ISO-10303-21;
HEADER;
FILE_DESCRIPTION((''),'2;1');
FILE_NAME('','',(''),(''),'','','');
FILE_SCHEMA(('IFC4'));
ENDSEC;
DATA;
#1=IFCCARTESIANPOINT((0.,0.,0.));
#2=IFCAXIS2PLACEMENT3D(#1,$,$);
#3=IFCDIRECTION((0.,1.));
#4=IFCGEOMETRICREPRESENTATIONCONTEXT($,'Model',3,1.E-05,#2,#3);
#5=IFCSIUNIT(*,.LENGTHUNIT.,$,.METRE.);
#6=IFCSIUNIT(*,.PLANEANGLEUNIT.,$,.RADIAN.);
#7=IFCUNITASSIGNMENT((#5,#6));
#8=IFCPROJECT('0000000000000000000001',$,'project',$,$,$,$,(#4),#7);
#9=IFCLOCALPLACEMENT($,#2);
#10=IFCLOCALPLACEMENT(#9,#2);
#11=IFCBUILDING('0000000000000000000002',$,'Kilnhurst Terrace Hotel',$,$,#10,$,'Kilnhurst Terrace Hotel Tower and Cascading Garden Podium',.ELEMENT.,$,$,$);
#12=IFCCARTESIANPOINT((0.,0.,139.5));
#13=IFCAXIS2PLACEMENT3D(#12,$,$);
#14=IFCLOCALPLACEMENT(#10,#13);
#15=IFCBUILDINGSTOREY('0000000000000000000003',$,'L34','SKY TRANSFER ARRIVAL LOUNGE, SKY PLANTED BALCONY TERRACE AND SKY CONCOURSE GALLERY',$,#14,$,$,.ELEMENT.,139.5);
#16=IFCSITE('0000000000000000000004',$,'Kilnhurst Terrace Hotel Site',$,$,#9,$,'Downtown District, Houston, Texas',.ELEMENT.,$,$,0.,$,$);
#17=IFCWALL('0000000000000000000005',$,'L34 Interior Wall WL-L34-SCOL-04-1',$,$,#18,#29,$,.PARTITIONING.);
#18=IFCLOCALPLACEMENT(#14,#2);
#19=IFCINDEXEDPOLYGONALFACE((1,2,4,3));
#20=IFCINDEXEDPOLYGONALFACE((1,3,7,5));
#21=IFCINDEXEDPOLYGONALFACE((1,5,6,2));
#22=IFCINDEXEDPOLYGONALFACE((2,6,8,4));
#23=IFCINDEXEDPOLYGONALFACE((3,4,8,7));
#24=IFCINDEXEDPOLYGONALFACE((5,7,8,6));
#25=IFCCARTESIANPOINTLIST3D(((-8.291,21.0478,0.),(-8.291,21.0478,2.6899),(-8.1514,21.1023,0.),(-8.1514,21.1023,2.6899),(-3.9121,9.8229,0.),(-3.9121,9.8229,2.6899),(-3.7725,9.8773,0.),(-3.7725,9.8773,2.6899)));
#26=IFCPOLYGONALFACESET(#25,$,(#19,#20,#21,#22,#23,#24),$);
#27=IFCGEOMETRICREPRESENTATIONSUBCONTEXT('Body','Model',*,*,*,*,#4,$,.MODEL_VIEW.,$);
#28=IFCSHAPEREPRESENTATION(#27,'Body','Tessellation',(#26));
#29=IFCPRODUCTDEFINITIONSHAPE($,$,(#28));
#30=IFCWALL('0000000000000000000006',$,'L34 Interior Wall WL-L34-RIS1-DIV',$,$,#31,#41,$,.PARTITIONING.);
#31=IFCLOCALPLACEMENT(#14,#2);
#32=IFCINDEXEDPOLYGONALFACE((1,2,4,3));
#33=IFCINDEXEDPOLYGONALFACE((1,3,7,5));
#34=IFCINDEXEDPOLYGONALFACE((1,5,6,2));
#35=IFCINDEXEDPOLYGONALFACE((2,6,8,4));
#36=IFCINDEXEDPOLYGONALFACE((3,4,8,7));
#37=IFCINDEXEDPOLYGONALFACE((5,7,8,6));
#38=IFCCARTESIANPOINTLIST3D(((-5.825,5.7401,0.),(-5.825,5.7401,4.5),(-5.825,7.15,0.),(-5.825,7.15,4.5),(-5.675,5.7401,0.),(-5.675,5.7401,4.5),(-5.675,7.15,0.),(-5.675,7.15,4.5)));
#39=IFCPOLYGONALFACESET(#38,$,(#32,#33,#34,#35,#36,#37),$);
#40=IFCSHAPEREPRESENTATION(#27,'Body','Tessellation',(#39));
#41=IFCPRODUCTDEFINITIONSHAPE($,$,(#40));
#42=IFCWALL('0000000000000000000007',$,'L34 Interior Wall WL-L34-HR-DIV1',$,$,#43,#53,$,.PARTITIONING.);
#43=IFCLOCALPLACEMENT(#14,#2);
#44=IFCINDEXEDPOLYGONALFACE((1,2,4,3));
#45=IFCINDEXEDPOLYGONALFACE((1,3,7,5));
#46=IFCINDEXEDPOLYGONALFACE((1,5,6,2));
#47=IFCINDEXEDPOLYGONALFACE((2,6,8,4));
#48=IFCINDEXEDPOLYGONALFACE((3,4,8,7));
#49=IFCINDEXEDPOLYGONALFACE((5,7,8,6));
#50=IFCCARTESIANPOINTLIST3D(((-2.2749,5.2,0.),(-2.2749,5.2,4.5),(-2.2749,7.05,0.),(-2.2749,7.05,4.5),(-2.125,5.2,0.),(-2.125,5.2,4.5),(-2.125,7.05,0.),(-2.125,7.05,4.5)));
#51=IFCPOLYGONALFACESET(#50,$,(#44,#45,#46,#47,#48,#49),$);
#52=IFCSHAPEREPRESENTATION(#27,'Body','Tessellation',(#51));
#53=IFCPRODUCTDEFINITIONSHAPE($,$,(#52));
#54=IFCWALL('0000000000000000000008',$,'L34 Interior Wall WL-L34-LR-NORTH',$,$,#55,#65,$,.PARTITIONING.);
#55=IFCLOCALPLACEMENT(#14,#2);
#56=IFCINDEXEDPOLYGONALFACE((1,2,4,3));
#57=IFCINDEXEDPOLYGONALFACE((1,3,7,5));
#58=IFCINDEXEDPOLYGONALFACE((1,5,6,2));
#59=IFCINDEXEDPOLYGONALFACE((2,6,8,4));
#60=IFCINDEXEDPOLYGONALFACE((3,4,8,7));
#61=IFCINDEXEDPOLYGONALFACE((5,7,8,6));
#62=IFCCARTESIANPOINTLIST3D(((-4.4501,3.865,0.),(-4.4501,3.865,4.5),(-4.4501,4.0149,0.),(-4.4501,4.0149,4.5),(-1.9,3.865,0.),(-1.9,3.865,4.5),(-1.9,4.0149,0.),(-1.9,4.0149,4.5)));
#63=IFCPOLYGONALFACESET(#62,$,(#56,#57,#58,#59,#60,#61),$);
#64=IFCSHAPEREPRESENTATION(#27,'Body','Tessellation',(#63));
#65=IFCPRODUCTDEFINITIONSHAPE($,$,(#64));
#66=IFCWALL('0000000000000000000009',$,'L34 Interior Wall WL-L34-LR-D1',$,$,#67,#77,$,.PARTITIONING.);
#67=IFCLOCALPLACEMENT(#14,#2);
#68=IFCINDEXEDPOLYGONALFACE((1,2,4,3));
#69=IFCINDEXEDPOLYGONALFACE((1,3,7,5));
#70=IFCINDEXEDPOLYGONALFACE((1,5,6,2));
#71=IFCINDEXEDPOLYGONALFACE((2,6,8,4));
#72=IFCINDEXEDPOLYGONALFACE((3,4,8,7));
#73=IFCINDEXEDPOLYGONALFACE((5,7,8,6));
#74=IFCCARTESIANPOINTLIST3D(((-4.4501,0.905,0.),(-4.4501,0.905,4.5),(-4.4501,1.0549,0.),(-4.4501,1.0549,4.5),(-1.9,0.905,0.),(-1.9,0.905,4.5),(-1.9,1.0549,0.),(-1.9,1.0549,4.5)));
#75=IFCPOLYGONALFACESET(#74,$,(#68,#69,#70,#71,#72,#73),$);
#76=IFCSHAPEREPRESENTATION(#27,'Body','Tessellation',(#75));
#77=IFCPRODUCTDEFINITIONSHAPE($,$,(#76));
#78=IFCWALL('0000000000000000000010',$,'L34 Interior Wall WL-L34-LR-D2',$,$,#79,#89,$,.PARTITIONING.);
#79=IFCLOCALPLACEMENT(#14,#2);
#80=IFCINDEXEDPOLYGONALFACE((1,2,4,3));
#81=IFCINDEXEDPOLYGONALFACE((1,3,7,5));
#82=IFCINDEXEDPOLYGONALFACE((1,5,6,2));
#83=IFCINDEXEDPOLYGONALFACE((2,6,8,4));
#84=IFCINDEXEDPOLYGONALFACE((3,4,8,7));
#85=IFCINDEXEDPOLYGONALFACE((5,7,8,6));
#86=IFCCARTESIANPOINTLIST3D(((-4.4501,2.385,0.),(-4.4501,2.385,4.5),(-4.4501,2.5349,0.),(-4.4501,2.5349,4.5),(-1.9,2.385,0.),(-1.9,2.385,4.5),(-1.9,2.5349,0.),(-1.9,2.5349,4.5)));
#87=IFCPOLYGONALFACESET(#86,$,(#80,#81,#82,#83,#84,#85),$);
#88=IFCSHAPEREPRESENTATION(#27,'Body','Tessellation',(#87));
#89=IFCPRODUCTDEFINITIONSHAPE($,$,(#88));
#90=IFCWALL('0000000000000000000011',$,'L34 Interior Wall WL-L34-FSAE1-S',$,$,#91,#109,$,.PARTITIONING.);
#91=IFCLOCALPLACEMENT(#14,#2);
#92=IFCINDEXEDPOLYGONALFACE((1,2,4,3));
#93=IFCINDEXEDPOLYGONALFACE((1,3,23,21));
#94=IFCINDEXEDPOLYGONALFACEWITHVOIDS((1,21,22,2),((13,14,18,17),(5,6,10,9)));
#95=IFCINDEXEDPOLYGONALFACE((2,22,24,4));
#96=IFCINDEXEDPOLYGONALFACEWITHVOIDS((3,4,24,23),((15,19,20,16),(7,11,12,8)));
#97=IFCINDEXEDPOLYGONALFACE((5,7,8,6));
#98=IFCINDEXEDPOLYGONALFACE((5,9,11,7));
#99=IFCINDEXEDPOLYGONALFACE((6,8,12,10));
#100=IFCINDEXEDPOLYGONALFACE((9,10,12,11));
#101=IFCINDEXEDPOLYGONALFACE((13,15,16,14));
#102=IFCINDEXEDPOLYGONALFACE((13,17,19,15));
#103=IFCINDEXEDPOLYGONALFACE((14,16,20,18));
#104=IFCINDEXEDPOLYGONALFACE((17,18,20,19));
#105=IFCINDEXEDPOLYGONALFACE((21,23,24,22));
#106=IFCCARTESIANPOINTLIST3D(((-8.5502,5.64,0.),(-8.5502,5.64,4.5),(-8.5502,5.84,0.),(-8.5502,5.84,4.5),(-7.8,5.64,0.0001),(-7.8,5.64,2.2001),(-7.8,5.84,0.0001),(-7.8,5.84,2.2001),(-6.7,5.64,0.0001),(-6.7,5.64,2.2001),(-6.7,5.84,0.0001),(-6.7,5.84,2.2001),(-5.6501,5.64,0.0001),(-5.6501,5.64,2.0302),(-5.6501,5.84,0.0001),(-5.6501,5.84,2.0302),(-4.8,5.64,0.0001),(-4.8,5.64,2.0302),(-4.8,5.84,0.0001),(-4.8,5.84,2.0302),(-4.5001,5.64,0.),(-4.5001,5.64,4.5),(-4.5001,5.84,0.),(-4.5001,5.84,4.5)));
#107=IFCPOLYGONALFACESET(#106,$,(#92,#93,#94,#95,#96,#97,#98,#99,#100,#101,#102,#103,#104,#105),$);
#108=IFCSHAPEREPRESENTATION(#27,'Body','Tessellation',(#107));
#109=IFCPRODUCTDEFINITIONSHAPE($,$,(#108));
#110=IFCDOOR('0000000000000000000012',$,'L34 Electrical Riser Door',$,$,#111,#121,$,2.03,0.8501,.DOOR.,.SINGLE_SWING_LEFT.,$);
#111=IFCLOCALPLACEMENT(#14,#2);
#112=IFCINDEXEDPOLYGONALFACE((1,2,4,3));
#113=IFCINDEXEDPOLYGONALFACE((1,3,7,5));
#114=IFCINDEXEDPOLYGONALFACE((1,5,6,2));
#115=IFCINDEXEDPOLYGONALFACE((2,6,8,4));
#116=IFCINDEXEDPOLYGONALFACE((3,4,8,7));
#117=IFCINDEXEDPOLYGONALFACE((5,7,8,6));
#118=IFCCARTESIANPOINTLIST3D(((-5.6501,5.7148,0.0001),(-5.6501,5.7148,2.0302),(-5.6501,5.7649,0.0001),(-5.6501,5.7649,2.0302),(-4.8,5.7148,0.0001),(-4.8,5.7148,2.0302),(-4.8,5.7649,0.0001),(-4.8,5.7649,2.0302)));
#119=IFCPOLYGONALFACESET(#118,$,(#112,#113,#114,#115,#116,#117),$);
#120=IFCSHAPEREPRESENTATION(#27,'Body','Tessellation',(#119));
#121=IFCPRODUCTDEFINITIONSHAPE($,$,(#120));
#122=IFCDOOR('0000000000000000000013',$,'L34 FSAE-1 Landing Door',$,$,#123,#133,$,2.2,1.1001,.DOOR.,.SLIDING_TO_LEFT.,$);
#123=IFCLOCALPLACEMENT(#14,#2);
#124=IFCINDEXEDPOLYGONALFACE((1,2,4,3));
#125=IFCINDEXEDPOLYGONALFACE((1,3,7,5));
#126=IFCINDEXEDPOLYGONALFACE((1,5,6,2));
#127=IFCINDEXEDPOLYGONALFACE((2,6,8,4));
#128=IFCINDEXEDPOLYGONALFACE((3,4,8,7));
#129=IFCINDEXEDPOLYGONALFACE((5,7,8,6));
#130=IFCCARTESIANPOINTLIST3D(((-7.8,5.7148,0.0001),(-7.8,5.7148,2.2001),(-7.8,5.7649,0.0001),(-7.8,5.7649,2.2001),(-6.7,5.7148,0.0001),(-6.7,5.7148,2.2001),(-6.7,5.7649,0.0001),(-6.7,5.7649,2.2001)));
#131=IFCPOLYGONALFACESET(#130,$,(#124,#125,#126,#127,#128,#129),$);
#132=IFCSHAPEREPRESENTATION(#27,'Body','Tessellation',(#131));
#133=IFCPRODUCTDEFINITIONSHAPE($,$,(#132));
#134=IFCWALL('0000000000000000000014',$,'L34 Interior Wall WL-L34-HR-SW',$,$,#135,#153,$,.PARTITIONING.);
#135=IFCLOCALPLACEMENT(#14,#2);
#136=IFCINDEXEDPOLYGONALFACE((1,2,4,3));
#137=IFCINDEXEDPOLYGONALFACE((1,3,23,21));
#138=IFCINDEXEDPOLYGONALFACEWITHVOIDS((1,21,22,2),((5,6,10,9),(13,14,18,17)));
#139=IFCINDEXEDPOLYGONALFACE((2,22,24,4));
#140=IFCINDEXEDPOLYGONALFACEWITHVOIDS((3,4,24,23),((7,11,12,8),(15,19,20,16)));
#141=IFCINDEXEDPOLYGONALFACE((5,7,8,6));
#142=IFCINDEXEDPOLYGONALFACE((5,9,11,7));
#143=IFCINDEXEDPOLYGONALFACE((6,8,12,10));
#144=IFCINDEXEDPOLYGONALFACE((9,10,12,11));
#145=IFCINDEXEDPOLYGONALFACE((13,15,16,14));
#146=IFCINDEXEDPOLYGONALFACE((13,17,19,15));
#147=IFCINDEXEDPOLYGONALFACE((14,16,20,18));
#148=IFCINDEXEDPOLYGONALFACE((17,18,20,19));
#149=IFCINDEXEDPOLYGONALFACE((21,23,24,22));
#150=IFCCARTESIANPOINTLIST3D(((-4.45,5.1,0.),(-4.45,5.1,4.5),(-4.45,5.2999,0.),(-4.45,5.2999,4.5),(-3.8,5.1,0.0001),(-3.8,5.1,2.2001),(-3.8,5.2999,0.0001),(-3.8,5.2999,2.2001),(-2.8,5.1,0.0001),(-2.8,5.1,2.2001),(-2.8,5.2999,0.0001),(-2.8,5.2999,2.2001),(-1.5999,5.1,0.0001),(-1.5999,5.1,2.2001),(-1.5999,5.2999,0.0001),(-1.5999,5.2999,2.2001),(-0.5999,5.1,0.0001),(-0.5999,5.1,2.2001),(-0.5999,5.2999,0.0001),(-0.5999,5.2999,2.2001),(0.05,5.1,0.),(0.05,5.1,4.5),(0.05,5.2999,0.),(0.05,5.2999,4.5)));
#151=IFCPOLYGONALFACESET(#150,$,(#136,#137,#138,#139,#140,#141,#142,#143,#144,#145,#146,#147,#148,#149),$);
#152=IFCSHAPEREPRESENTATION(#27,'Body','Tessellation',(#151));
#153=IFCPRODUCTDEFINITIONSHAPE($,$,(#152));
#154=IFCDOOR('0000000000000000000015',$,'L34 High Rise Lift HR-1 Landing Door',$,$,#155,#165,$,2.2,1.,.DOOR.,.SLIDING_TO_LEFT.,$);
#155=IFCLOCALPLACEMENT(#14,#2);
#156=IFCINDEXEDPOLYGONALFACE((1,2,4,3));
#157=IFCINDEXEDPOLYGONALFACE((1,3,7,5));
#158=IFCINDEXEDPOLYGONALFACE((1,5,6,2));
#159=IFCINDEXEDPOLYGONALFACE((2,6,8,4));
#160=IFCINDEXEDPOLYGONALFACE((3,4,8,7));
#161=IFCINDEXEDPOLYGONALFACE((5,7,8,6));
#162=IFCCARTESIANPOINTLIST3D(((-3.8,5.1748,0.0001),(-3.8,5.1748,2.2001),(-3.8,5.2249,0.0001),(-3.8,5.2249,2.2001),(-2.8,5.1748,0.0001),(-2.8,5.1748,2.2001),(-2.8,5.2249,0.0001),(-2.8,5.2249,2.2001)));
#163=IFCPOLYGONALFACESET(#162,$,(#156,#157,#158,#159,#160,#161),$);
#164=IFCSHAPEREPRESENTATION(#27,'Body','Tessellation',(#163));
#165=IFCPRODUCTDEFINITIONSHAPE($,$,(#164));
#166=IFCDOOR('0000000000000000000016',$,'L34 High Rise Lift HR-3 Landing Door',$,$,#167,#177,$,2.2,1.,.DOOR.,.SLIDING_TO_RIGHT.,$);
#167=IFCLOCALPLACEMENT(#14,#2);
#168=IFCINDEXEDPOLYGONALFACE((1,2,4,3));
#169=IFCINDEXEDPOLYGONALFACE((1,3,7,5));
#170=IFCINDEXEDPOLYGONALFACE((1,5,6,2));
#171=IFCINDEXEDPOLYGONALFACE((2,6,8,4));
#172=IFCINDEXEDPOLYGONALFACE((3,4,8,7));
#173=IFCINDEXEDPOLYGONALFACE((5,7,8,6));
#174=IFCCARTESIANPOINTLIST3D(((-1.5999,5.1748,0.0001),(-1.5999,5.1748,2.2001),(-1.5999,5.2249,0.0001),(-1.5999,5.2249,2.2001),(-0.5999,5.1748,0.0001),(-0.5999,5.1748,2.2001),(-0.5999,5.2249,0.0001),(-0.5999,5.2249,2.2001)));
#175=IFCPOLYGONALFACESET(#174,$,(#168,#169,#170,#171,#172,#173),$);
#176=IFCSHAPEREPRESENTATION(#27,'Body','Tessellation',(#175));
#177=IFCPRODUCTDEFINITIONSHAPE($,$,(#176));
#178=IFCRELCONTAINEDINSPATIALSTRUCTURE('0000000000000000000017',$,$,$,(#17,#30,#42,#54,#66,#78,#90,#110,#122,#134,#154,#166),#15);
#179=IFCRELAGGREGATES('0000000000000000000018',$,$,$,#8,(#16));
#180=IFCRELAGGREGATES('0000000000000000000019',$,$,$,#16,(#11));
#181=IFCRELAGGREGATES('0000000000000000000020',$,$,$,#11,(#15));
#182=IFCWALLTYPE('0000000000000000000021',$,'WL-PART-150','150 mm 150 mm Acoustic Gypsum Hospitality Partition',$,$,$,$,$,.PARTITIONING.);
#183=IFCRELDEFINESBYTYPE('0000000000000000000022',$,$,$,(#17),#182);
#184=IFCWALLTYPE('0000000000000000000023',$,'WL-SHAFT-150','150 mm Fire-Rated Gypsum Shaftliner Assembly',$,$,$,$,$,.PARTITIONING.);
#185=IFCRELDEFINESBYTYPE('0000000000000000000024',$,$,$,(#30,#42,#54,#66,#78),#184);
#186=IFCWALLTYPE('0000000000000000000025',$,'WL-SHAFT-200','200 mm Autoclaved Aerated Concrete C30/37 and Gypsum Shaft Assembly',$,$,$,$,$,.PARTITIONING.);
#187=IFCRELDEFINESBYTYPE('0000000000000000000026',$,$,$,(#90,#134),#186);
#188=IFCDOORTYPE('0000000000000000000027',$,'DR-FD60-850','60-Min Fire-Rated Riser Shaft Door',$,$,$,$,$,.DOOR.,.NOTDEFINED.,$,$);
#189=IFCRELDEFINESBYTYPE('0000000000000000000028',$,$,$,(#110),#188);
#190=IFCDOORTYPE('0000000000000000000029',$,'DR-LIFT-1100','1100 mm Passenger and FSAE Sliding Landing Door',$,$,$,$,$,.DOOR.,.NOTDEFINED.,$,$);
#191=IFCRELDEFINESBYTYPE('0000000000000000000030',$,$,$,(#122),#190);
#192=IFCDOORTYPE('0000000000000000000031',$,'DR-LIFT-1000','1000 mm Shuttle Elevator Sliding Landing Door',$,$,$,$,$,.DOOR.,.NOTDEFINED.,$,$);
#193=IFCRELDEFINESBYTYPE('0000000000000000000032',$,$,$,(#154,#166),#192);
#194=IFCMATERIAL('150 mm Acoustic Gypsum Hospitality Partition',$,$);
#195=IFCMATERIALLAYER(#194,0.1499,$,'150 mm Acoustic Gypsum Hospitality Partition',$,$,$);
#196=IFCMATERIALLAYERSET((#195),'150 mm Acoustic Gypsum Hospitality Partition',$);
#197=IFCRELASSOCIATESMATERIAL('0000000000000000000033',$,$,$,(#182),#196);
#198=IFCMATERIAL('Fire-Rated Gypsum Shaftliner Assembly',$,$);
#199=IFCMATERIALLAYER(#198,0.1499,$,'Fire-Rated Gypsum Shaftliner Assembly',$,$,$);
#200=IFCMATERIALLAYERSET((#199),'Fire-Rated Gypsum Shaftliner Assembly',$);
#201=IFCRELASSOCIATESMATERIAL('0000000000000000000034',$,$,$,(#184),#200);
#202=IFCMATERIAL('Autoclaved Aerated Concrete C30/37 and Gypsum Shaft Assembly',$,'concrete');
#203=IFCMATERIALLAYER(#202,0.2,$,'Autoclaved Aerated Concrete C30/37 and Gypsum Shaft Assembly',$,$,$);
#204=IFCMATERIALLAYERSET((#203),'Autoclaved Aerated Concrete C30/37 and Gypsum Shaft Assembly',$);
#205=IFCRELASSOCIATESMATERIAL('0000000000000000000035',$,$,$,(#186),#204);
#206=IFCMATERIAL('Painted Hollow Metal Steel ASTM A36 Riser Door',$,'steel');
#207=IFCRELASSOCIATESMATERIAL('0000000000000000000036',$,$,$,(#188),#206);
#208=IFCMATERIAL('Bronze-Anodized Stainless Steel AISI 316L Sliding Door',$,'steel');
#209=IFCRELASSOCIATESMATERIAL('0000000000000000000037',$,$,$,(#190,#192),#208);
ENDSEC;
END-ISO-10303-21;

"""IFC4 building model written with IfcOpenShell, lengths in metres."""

from ifc_helpers import new_model, si_unit, direction, frame, frame_2d, origin, place, context, subcontext, project, spatial, rectangle, extrude, material, layer, layer_set, type_object, element, fill, save


model = new_model("IFC4")

# Units and contexts
model_context = context("Model", 3, precision=1e-05, world=origin(), true_north=direction((0.0, 1.0)))
body_context = subcontext(model_context, "Body", "Model", "MODEL_VIEW")
ifc_project = project(units=[si_unit("LENGTHUNIT", "METRE"), si_unit("PLANEANGLEUNIT", "RADIAN")], contexts=[model_context])

# Site, building, storey
site_placement = place(None, origin())
site = spatial("IfcSite", under=ifc_project, at=site_placement, Name="Kilnhurst Terrace Hotel Site", LongName="Downtown District, Houston, Texas", CompositionType="ELEMENT", RefElevation=0.0)
building_placement = place(site_placement, origin())
building = spatial("IfcBuilding", under=site, at=building_placement, Name="Kilnhurst Terrace Hotel", LongName="Kilnhurst Terrace Hotel Tower and Cascading Garden Podium", CompositionType="ELEMENT")
storey_placement = place(building_placement, frame((0.0, 0.0, 139.5)))
storey = spatial("IfcBuildingStorey", under=building, at=storey_placement, Name="L34", Description="SKY TRANSFER ARRIVAL LOUNGE, SKY PLANTED BALCONY TERRACE AND SKY CONCOURSE GALLERY", CompositionType="ELEMENT", Elevation=139.5)

# Walls
ifc_material_1 = material(Name="150 mm Acoustic Gypsum Hospitality Partition")
ifc_layer_1 = layer(ifc_material_1, 0.1499, Name="150 mm Acoustic Gypsum Hospitality Partition")
ifc_layer_set_1 = layer_set([ifc_layer_1], Name="150 mm Acoustic Gypsum Hospitality Partition")
wall_type_1 = type_object("IfcWallType", Name="WL-PART-150", Description="150 mm 150 mm Acoustic Gypsum Hospitality Partition", PredefinedType="PARTITIONING", material=ifc_layer_set_1)
wall_1_placement = place(storey_placement, frame((-3.8423, 9.8501, 0.0), z_axis=(0.0, 0.0, 1.0), x_axis=(-0.363433, 0.93162, 0.0)))
element("IfcWall", 1, at=wall_1_placement, inside=storey, type_object=wall_type_1, Name="L34 Interior Wall WL-L34-SCOL-04-1", PredefinedType="PARTITIONING", context=body_context, shape_type="SweptSolid", body=[
    extrude(rectangle(XDim=12.0488, YDim=0.1499, at=frame_2d((6.0244, 0.0))), origin(), (0.0, 0.0, 1.0), 2.6899),
])
ifc_material_2 = material(Name="Fire-Rated Gypsum Shaftliner Assembly")
ifc_layer_2 = layer(ifc_material_2, 0.1499, Name="Fire-Rated Gypsum Shaftliner Assembly")
ifc_layer_set_2 = layer_set([ifc_layer_2], Name="Fire-Rated Gypsum Shaftliner Assembly")
wall_type_2 = type_object("IfcWallType", Name="WL-SHAFT-150", Description="150 mm Fire-Rated Gypsum Shaftliner Assembly", PredefinedType="PARTITIONING", material=ifc_layer_set_2)
wall_2_placement = place(storey_placement, frame((-5.75, 5.74, 0.0), z_axis=(0.0, 0.0, 1.0), x_axis=(0.0, 1.0, 0.0)))
element("IfcWall", 2, at=wall_2_placement, inside=storey, type_object=wall_type_2, Name="L34 Interior Wall WL-L34-RIS1-DIV", PredefinedType="PARTITIONING", context=body_context, shape_type="SweptSolid", body=[
    extrude(rectangle(XDim=1.4099, YDim=0.1499, at=frame_2d((0.7051, 0.0))), origin(), (0.0, 0.0, 1.0), 4.5),
])
wall_3_placement = place(storey_placement, frame((-2.2, 5.2, 0.0), z_axis=(0.0, 0.0, 1.0), x_axis=(0.0, 1.0, 0.0)))
element("IfcWall", 3, at=wall_3_placement, inside=storey, type_object=wall_type_2, Name="L34 Interior Wall WL-L34-HR-DIV1", PredefinedType="PARTITIONING", context=body_context, shape_type="SweptSolid", body=[
    extrude(rectangle(XDim=1.8501, YDim=0.1499, at=frame_2d((0.925, 0.0))), origin(), (0.0, 0.0, 1.0), 4.5),
])
for number, where, z_axis, x_axis, name in (
    (4, (-4.45, 3.9399, 0.0), (0.0, 0.0, 1.0), (1.0, 0.0, 0.0), "L34 Interior Wall WL-L34-LR-NORTH"),
    (5, (-4.45, 0.98, 0.0), (0.0, 0.0, 1.0), (1.0, 0.0, 0.0), "L34 Interior Wall WL-L34-LR-D1"),
    (6, (-4.45, 2.46, 0.0), (0.0, 0.0, 1.0), (1.0, 0.0, 0.0), "L34 Interior Wall WL-L34-LR-D2"),
):
    element("IfcWall", number, at=place(storey_placement, frame(where, z_axis=z_axis, x_axis=x_axis)), inside=storey, type_object=wall_type_2, Name=name, PredefinedType="PARTITIONING", context=body_context, shape_type="SweptSolid", body=[
        extrude(rectangle(XDim=2.55, YDim=0.1499, at=frame_2d((1.2749, 0.0))), origin(), (0.0, 0.0, 1.0), 4.5),
    ])

# Walls, openings, doors
ifc_material_3 = material(Name="Autoclaved Aerated Concrete C30/37 and Gypsum Shaft Assembly", Category="concrete")
ifc_layer_3 = layer(ifc_material_3, 0.2, Name="Autoclaved Aerated Concrete C30/37 and Gypsum Shaft Assembly")
ifc_layer_set_3 = layer_set([ifc_layer_3], Name="Autoclaved Aerated Concrete C30/37 and Gypsum Shaft Assembly")
wall_type_3 = type_object("IfcWallType", Name="WL-SHAFT-200", Description="200 mm Autoclaved Aerated Concrete C30/37 and Gypsum Shaft Assembly", PredefinedType="PARTITIONING", material=ifc_layer_set_3)
wall_4_placement = place(storey_placement, frame((-8.55, 5.74, 0.0), z_axis=(0.0, 0.0, 1.0), x_axis=(1.0, 0.0, 0.0)))
wall_4 = element("IfcWall", 7, at=wall_4_placement, inside=storey, type_object=wall_type_3, Name="L34 Interior Wall WL-L34-FSAE1-S", PredefinedType="PARTITIONING", context=body_context, shape_type="SweptSolid", body=[
    extrude(rectangle(XDim=4.05, YDim=0.2, at=frame_2d((2.0249, 0.0))), origin(), (0.0, 0.0, 1.0), 4.5),
])
opening_1_placement = place(wall_4_placement, frame((0.75, 0.0, 0.0)))
opening_1 = element("IfcOpeningElement", 8, at=opening_1_placement, cuts=wall_4, PredefinedType="OPENING", context=body_context, shape_type="SweptSolid", body=[
    extrude(rectangle(XDim=1.1001, YDim=2.2, at=frame_2d((0.55, 1.1001))), frame((0.0, 0.1099, 0.0), z_axis=(0.0, -1.0, 0.0), x_axis=(1.0, 0.0, 0.0)), (0.0, 0.0, 1.0), 0.22),
])
opening_2_placement = place(wall_4_placement, frame((2.8999, 0.0, 0.0)))
opening_2 = element("IfcOpeningElement", 9, at=opening_2_placement, cuts=wall_4, PredefinedType="OPENING", context=body_context, shape_type="SweptSolid", body=[
    extrude(rectangle(XDim=0.8501, YDim=2.03, at=frame_2d((0.425, 1.0151))), frame((0.0, 0.1099, 0.0), z_axis=(0.0, -1.0, 0.0), x_axis=(1.0, 0.0, 0.0)), (0.0, 0.0, 1.0), 0.22),
])
ifc_material_4 = material(Name="Painted Hollow Metal Steel ASTM A36 Riser Door", Category="steel")
door_type_1 = type_object("IfcDoorType", Name="DR-FD60-850", Description="60-Min Fire-Rated Riser Shaft Door", OperationType="NOTDEFINED", PredefinedType="DOOR", material=ifc_material_4)
door_1_placement = place(opening_2_placement, origin())
door_1 = element("IfcDoor", 10, at=door_1_placement, inside=storey, type_object=door_type_1, Name="L34 Electrical Riser Door", OperationType="SINGLE_SWING_LEFT", OverallHeight=2.03, OverallWidth=0.8501, PredefinedType="DOOR", context=body_context, shape_type="SweptSolid", body=[
    extrude(rectangle(XDim=0.8501, YDim=2.03, at=frame_2d((0.425, 1.0151))), frame((0.0, 0.0249, 0.0), z_axis=(0.0, -1.0, 0.0), x_axis=(1.0, 0.0, 0.0)), (0.0, 0.0, 1.0), 0.05),
])
fill(opening_2, door_1)
ifc_material_5 = material(Name="Bronze-Anodized Stainless Steel AISI 316L Sliding Door", Category="steel")
door_type_2 = type_object("IfcDoorType", Name="DR-LIFT-1100", Description="1100 mm Passenger and FSAE Sliding Landing Door", OperationType="NOTDEFINED", PredefinedType="DOOR", material=ifc_material_5)
door_2_placement = place(opening_1_placement, origin())
door_2 = element("IfcDoor", 11, at=door_2_placement, inside=storey, type_object=door_type_2, Name="L34 FSAE-1 Landing Door", OperationType="SLIDING_TO_LEFT", OverallHeight=2.2, OverallWidth=1.1001, PredefinedType="DOOR", context=body_context, shape_type="SweptSolid", body=[
    extrude(rectangle(XDim=1.1001, YDim=2.2, at=frame_2d((0.55, 1.1001))), frame((0.0, 0.0249, 0.0), z_axis=(0.0, -1.0, 0.0), x_axis=(1.0, 0.0, 0.0)), (0.0, 0.0, 1.0), 0.05),
])
fill(opening_1, door_2)
wall_5_placement = place(storey_placement, frame((-4.45, 5.2, 0.0), z_axis=(0.0, 0.0, 1.0), x_axis=(1.0, 0.0, 0.0)))
wall_5 = element("IfcWall", 12, at=wall_5_placement, inside=storey, type_object=wall_type_3, Name="L34 Interior Wall WL-L34-HR-SW", PredefinedType="PARTITIONING", context=body_context, shape_type="SweptSolid", body=[
    extrude(rectangle(XDim=4.5, YDim=0.2, at=frame_2d((2.25, 0.0))), origin(), (0.0, 0.0, 1.0), 4.5),
])
opening_3_placement = place(wall_5_placement, frame((0.6499, 0.0, 0.0)))
opening_3 = element("IfcOpeningElement", 13, at=opening_3_placement, cuts=wall_5, PredefinedType="OPENING", context=body_context, shape_type="SweptSolid", body=[
    extrude(rectangle(XDim=1.0, YDim=2.2, at=frame_2d((0.5, 1.1001))), frame((0.0, 0.1099, 0.0), z_axis=(0.0, -1.0, 0.0), x_axis=(1.0, 0.0, 0.0)), (0.0, 0.0, 1.0), 0.22),
])
opening_4_placement = place(wall_5_placement, frame((2.8501, 0.0, 0.0)))
opening_4 = element("IfcOpeningElement", 14, at=opening_4_placement, cuts=wall_5, PredefinedType="OPENING", context=body_context, shape_type="SweptSolid", body=[
    extrude(rectangle(XDim=1.0, YDim=2.2, at=frame_2d((0.5, 1.1001))), frame((0.0, 0.1099, 0.0), z_axis=(0.0, -1.0, 0.0), x_axis=(1.0, 0.0, 0.0)), (0.0, 0.0, 1.0), 0.22),
])
door_type_3 = type_object("IfcDoorType", Name="DR-LIFT-1000", Description="1000 mm Shuttle Elevator Sliding Landing Door", OperationType="NOTDEFINED", PredefinedType="DOOR", material=ifc_material_5)
door_3_placement = place(opening_3_placement, origin())
door_3 = element("IfcDoor", 15, at=door_3_placement, inside=storey, type_object=door_type_3, Name="L34 High Rise Lift HR-1 Landing Door", OperationType="SLIDING_TO_LEFT", OverallHeight=2.2, OverallWidth=1.0, PredefinedType="DOOR", context=body_context, shape_type="SweptSolid", body=[
    extrude(rectangle(XDim=1.0, YDim=2.2, at=frame_2d((0.5, 1.1001))), frame((0.0, 0.0249, 0.0), z_axis=(0.0, -1.0, 0.0), x_axis=(1.0, 0.0, 0.0)), (0.0, 0.0, 1.0), 0.05),
])
fill(opening_3, door_3)
door_4_placement = place(opening_4_placement, origin())
door_4 = element("IfcDoor", 16, at=door_4_placement, inside=storey, type_object=door_type_3, Name="L34 High Rise Lift HR-3 Landing Door", OperationType="SLIDING_TO_RIGHT", OverallHeight=2.2, OverallWidth=1.0, PredefinedType="DOOR", context=body_context, shape_type="SweptSolid", body=[
    extrude(rectangle(XDim=1.0, YDim=2.2, at=frame_2d((0.5, 1.1001))), frame((0.0, 0.0249, 0.0), z_axis=(0.0, -1.0, 0.0), x_axis=(1.0, 0.0, 0.0)), (0.0, 0.0, 1.0), 0.05),
])
fill(opening_4, door_4)

save(model, "model.ifc")
